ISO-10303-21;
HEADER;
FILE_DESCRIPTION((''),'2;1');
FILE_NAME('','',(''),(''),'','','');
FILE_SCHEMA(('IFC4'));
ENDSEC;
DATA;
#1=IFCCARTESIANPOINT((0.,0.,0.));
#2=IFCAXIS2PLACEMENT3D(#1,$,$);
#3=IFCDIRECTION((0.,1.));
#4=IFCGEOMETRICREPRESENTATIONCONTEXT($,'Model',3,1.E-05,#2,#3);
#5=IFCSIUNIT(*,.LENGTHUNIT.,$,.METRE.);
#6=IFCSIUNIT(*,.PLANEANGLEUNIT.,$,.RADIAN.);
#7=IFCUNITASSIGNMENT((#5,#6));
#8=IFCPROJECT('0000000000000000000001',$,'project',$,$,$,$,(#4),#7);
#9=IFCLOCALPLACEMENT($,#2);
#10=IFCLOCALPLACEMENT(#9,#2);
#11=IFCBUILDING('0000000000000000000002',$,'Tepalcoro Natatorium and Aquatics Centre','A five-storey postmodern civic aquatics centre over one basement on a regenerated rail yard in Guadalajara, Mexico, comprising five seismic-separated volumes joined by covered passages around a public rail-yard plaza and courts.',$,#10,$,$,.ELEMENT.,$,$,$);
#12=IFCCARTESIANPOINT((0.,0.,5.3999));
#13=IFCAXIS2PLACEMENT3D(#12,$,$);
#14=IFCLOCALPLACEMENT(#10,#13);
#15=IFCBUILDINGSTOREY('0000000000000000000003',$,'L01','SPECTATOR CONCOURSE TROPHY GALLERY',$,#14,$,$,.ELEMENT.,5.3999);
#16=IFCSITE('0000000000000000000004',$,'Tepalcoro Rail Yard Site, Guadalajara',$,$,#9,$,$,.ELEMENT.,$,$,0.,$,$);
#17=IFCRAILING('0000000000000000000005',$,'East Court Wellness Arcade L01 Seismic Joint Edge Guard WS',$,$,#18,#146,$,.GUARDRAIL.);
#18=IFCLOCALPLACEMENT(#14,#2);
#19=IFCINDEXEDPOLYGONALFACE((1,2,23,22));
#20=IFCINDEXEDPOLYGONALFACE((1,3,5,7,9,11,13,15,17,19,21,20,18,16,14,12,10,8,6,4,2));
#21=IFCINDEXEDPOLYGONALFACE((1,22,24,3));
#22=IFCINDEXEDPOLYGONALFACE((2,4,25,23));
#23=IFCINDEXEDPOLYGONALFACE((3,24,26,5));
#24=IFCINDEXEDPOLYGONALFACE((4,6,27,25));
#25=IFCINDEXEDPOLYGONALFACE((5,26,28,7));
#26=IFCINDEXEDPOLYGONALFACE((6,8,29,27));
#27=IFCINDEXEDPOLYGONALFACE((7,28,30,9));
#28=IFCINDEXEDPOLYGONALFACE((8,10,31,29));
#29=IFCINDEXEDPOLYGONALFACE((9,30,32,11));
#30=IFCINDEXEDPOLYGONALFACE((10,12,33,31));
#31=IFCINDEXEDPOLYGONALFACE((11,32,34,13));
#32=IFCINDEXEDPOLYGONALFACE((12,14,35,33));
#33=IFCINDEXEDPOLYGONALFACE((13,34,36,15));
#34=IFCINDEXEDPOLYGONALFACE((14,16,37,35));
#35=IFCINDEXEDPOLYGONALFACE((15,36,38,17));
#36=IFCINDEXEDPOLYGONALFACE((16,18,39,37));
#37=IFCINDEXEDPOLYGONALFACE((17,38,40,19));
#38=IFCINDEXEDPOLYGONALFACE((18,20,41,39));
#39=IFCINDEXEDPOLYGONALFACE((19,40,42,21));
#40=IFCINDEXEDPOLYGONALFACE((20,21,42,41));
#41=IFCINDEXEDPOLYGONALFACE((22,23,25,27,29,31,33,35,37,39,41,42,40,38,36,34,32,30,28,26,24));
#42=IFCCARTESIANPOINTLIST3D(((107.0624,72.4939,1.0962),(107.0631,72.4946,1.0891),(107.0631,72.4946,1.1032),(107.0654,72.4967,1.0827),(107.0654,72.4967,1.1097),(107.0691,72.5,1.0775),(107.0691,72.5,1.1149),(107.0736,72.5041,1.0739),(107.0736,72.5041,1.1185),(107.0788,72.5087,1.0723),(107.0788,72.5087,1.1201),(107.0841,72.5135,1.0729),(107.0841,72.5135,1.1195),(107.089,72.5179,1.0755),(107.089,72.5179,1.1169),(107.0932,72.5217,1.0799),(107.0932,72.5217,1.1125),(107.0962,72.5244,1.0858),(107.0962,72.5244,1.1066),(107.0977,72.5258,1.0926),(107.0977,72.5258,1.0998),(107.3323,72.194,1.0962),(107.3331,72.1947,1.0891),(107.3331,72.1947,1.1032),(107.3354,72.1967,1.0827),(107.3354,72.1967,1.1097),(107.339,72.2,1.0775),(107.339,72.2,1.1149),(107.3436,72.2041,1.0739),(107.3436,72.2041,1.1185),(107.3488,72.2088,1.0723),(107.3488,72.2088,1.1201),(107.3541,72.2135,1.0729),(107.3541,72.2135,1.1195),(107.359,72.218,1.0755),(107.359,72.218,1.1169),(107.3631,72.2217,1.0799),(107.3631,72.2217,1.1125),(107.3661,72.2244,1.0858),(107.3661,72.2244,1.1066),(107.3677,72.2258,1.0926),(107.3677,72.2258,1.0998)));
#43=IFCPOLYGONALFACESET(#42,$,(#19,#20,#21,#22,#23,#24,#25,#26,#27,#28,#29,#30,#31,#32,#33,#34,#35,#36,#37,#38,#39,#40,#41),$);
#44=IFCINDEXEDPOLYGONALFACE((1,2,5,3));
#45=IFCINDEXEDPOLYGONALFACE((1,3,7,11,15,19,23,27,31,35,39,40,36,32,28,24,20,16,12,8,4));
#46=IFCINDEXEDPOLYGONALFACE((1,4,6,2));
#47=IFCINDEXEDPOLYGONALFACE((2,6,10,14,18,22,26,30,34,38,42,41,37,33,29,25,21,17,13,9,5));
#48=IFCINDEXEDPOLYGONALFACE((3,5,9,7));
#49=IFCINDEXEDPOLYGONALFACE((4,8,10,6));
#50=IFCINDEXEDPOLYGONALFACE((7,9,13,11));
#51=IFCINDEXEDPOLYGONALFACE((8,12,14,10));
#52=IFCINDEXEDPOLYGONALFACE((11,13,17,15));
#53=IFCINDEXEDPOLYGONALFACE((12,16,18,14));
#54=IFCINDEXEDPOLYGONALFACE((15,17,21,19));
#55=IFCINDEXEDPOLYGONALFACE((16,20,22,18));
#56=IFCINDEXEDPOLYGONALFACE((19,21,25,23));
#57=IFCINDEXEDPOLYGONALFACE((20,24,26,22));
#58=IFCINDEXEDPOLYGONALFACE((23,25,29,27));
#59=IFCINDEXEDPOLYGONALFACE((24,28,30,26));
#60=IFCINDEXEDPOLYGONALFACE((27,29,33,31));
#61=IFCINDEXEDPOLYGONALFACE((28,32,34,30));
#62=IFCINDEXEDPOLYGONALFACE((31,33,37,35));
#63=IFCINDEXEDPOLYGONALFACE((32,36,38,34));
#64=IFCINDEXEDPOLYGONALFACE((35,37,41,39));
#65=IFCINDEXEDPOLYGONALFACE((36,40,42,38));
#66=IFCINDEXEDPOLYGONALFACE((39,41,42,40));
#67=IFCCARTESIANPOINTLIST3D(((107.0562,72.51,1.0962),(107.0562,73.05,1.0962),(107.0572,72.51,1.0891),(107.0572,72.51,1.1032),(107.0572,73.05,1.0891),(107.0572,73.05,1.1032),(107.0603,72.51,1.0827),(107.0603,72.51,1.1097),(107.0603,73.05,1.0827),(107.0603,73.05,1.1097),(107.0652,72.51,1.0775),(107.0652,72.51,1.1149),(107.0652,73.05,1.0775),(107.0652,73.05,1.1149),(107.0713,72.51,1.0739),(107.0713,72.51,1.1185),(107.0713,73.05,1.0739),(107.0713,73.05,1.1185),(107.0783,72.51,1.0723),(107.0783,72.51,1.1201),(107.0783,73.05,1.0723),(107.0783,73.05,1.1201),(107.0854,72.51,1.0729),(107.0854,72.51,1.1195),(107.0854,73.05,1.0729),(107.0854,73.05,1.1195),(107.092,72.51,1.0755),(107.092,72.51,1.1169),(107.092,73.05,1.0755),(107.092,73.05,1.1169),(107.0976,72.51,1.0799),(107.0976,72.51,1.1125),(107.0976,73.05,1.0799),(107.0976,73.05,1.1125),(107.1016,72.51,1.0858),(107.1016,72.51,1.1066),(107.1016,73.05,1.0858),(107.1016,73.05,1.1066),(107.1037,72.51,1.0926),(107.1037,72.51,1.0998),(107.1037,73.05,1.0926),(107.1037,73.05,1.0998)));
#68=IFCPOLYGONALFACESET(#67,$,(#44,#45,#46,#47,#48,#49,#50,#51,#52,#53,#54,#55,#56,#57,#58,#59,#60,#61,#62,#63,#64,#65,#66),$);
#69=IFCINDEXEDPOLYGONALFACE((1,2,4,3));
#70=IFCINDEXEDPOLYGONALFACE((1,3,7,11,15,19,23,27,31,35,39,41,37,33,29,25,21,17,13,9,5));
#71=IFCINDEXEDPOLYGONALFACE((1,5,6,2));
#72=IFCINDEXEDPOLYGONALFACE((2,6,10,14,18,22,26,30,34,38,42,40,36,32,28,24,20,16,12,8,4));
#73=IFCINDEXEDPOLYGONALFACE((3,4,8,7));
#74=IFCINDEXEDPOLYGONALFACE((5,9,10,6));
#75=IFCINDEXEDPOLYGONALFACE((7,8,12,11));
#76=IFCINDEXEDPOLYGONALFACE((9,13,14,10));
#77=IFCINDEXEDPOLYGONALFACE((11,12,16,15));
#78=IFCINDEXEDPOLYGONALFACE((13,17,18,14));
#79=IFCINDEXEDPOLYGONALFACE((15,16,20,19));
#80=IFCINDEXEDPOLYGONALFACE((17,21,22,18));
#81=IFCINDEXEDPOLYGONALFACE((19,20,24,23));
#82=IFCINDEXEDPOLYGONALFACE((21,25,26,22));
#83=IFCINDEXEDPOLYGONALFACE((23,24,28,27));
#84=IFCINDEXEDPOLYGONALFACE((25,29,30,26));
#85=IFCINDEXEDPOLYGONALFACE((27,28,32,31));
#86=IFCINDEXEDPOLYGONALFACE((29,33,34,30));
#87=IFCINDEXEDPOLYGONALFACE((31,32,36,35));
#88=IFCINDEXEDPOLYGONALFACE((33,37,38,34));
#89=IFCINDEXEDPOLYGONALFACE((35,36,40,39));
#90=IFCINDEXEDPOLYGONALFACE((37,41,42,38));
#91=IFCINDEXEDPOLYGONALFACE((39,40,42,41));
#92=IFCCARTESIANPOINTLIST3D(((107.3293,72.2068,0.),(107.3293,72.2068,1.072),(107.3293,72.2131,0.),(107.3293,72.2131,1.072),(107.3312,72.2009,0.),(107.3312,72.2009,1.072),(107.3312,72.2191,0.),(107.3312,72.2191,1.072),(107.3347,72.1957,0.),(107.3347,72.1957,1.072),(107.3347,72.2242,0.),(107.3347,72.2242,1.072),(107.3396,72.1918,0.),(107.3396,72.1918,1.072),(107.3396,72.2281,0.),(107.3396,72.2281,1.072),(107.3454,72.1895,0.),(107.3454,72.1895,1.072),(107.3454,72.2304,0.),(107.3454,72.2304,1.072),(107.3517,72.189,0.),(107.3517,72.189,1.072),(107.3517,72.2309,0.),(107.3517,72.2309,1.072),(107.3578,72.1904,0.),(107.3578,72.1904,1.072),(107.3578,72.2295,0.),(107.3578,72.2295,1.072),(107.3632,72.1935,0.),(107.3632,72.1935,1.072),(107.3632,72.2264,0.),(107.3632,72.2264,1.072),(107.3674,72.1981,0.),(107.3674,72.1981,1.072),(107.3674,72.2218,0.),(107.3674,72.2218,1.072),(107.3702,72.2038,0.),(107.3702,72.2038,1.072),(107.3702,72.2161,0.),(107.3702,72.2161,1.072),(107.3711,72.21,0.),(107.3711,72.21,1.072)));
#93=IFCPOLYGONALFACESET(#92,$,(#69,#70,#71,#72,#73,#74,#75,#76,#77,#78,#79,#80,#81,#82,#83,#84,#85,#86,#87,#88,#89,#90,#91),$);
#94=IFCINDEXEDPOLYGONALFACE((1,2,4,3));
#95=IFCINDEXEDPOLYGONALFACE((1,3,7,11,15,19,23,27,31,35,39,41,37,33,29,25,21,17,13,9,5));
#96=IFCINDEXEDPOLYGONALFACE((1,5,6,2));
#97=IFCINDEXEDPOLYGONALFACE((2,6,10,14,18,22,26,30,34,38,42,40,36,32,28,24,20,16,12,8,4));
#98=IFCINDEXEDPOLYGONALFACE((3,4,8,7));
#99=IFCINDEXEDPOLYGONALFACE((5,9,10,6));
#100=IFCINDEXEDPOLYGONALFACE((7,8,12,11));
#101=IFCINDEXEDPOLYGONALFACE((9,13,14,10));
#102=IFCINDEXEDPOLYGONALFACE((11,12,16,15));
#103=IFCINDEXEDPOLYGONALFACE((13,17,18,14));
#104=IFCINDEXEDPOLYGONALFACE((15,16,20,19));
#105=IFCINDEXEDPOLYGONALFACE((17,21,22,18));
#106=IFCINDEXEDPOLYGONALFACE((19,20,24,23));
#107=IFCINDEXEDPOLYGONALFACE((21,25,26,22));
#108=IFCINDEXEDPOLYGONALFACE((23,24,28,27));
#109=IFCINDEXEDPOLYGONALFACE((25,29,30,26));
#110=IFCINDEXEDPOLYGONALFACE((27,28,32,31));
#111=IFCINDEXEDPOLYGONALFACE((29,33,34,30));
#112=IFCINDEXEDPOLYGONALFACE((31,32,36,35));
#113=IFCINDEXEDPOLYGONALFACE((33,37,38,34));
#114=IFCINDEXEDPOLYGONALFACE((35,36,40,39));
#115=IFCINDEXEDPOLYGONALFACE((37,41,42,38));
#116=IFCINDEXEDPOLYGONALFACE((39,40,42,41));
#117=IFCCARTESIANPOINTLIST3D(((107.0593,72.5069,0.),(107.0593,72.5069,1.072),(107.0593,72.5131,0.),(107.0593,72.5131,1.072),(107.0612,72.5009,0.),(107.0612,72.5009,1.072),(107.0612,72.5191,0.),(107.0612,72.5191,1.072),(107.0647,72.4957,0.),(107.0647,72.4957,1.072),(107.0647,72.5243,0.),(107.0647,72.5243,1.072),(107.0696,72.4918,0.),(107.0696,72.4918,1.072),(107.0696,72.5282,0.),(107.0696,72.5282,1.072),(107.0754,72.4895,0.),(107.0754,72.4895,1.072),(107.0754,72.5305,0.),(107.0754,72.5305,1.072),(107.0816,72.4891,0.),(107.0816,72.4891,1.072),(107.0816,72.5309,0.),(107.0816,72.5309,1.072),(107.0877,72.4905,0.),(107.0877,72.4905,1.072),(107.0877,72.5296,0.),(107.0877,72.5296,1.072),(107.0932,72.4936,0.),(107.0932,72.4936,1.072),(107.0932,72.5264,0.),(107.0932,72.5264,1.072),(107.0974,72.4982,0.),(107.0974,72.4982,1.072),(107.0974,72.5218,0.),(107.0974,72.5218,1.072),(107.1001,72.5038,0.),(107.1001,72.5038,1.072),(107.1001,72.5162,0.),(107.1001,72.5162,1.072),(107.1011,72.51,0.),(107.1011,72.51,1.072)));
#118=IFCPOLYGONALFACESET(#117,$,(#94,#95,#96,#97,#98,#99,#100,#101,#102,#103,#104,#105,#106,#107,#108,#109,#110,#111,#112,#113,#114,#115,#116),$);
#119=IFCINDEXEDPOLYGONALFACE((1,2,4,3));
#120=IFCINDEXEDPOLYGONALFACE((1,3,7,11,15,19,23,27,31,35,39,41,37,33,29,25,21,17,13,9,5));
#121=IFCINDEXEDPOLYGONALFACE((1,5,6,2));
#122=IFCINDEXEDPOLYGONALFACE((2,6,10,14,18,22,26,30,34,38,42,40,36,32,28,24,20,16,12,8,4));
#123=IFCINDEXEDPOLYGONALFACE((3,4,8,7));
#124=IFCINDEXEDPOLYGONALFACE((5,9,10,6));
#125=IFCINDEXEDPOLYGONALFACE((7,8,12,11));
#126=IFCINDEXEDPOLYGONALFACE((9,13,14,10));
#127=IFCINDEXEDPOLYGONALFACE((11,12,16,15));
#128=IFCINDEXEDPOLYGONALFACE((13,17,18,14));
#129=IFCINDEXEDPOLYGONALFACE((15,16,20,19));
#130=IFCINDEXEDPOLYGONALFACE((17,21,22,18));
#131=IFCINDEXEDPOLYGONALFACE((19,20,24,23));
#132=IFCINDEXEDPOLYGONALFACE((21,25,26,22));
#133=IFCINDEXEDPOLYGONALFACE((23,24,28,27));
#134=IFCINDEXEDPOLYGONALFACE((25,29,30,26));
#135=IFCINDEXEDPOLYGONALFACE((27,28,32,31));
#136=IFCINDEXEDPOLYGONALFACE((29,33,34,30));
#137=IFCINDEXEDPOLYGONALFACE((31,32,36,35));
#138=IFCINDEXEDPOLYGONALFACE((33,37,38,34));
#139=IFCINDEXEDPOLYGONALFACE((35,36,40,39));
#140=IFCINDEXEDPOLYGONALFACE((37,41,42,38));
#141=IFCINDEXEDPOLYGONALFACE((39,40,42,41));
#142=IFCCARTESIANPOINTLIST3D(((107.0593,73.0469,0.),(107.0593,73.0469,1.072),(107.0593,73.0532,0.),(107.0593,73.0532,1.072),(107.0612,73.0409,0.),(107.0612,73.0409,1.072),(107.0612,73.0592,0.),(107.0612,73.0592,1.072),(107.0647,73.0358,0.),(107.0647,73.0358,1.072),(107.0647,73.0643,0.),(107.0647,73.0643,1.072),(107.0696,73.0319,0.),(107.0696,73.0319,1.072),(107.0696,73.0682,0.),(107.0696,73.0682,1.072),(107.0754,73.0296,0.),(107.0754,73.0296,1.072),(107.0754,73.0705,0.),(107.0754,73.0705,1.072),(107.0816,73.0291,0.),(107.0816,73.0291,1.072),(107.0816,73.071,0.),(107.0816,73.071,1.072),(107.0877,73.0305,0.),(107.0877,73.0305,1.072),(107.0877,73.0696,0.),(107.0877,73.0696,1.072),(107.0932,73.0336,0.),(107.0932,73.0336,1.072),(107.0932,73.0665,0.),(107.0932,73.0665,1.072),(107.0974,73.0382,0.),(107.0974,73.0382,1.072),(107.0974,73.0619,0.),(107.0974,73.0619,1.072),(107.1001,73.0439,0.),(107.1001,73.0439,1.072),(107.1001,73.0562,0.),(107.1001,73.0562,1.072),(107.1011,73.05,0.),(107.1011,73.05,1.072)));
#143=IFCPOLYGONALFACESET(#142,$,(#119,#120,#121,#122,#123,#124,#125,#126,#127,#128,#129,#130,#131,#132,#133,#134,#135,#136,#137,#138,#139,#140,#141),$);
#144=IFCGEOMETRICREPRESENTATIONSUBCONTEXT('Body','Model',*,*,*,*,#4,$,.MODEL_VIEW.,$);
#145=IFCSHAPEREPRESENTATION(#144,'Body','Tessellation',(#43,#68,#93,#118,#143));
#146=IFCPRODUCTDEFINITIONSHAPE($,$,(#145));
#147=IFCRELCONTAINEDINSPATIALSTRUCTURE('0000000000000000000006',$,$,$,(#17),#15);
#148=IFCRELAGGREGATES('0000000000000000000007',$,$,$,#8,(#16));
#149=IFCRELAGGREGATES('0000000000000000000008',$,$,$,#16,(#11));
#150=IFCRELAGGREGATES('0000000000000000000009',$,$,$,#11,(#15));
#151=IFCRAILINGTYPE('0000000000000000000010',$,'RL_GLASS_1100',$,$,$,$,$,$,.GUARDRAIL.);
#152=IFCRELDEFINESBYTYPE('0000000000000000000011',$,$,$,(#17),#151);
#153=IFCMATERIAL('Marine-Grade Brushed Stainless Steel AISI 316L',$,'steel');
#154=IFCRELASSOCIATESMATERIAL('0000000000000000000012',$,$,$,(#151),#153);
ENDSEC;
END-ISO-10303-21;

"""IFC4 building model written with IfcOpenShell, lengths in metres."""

from ifc_helpers import new_model, si_unit, direction, frame, origin, origin_2d, place, context, subcontext, project, spatial, circle, extrude, material, type_object, element, save


model = new_model("IFC4")

# Units and contexts
model_context = context("Model", 3, precision=1e-05, world=origin(), true_north=direction((0.0, 1.0)))
body_context = subcontext(model_context, "Body", "Model", "MODEL_VIEW")
ifc_project = project(units=[si_unit("LENGTHUNIT", "METRE"), si_unit("PLANEANGLEUNIT", "RADIAN")], contexts=[model_context])

# Site, building, storey
site_placement = place(None, origin())
site = spatial("IfcSite", under=ifc_project, at=site_placement, Name="Tepalcoro Rail Yard Site, Guadalajara", CompositionType="ELEMENT", RefElevation=0.0)
building_placement = place(site_placement, origin())
building = spatial("IfcBuilding", under=site, at=building_placement, Name="Tepalcoro Natatorium and Aquatics Centre", Description="A five-storey postmodern civic aquatics centre over one basement on a regenerated rail yard in Guadalajara, Mexico, comprising five seismic-separated volumes joined by covered passages around a public rail-yard plaza and courts.", CompositionType="ELEMENT")
storey_placement = place(building_placement, frame((0.0, 0.0, 5.3999)))
storey = spatial("IfcBuildingStorey", under=building, at=storey_placement, Name="L01", Description="SPECTATOR CONCOURSE TROPHY GALLERY", CompositionType="ELEMENT", Elevation=5.3999)

# Railing
ifc_material_1 = material(Name="Marine-Grade Brushed Stainless Steel AISI 316L", Category="steel")
railing_type_1 = type_object("IfcRailingType", Name="RL_GLASS_1100", PredefinedType="GUARDRAIL", material=ifc_material_1)
railing_1_placement = place(storey_placement, frame((107.3501, 72.21, 0.0)))
element("IfcRailing", 1, at=railing_1_placement, inside=storey, type_object=railing_type_1, Name="East Court Wellness Arcade L01 Seismic Joint Edge Guard WS", PredefinedType="GUARDRAIL", context=body_context, shape_type="SweptSolid", body=[
    extrude(circle(Radius=0.0239, at=origin_2d()), frame((0.0, 0.0, 1.0962), z_axis=(-0.668931, 0.743324, 0.0), x_axis=(-0.743324, -0.668931, 0.0)), (0.0, 0.0, 1.0), 0.4036),
    extrude(circle(Radius=0.0239, at=origin_2d()), frame((-0.27, 0.3, 1.0962), z_axis=(0.0, 1.0, 0.0), x_axis=(-1.0, 0.0, 0.0)), (0.0, 0.0, 1.0), 0.54),
    extrude(circle(Radius=0.021, at=origin_2d()), origin(), (0.0, 0.0, 1.0), 1.072),
    extrude(circle(Radius=0.021, at=origin_2d()), frame((-0.27, 0.3, 0.0)), (0.0, 0.0, 1.0), 1.072),
    extrude(circle(Radius=0.021, at=origin_2d()), frame((-0.27, 0.8401, 0.0)), (0.0, 0.0, 1.0), 1.072),
])

save(model, "model.ifc")
